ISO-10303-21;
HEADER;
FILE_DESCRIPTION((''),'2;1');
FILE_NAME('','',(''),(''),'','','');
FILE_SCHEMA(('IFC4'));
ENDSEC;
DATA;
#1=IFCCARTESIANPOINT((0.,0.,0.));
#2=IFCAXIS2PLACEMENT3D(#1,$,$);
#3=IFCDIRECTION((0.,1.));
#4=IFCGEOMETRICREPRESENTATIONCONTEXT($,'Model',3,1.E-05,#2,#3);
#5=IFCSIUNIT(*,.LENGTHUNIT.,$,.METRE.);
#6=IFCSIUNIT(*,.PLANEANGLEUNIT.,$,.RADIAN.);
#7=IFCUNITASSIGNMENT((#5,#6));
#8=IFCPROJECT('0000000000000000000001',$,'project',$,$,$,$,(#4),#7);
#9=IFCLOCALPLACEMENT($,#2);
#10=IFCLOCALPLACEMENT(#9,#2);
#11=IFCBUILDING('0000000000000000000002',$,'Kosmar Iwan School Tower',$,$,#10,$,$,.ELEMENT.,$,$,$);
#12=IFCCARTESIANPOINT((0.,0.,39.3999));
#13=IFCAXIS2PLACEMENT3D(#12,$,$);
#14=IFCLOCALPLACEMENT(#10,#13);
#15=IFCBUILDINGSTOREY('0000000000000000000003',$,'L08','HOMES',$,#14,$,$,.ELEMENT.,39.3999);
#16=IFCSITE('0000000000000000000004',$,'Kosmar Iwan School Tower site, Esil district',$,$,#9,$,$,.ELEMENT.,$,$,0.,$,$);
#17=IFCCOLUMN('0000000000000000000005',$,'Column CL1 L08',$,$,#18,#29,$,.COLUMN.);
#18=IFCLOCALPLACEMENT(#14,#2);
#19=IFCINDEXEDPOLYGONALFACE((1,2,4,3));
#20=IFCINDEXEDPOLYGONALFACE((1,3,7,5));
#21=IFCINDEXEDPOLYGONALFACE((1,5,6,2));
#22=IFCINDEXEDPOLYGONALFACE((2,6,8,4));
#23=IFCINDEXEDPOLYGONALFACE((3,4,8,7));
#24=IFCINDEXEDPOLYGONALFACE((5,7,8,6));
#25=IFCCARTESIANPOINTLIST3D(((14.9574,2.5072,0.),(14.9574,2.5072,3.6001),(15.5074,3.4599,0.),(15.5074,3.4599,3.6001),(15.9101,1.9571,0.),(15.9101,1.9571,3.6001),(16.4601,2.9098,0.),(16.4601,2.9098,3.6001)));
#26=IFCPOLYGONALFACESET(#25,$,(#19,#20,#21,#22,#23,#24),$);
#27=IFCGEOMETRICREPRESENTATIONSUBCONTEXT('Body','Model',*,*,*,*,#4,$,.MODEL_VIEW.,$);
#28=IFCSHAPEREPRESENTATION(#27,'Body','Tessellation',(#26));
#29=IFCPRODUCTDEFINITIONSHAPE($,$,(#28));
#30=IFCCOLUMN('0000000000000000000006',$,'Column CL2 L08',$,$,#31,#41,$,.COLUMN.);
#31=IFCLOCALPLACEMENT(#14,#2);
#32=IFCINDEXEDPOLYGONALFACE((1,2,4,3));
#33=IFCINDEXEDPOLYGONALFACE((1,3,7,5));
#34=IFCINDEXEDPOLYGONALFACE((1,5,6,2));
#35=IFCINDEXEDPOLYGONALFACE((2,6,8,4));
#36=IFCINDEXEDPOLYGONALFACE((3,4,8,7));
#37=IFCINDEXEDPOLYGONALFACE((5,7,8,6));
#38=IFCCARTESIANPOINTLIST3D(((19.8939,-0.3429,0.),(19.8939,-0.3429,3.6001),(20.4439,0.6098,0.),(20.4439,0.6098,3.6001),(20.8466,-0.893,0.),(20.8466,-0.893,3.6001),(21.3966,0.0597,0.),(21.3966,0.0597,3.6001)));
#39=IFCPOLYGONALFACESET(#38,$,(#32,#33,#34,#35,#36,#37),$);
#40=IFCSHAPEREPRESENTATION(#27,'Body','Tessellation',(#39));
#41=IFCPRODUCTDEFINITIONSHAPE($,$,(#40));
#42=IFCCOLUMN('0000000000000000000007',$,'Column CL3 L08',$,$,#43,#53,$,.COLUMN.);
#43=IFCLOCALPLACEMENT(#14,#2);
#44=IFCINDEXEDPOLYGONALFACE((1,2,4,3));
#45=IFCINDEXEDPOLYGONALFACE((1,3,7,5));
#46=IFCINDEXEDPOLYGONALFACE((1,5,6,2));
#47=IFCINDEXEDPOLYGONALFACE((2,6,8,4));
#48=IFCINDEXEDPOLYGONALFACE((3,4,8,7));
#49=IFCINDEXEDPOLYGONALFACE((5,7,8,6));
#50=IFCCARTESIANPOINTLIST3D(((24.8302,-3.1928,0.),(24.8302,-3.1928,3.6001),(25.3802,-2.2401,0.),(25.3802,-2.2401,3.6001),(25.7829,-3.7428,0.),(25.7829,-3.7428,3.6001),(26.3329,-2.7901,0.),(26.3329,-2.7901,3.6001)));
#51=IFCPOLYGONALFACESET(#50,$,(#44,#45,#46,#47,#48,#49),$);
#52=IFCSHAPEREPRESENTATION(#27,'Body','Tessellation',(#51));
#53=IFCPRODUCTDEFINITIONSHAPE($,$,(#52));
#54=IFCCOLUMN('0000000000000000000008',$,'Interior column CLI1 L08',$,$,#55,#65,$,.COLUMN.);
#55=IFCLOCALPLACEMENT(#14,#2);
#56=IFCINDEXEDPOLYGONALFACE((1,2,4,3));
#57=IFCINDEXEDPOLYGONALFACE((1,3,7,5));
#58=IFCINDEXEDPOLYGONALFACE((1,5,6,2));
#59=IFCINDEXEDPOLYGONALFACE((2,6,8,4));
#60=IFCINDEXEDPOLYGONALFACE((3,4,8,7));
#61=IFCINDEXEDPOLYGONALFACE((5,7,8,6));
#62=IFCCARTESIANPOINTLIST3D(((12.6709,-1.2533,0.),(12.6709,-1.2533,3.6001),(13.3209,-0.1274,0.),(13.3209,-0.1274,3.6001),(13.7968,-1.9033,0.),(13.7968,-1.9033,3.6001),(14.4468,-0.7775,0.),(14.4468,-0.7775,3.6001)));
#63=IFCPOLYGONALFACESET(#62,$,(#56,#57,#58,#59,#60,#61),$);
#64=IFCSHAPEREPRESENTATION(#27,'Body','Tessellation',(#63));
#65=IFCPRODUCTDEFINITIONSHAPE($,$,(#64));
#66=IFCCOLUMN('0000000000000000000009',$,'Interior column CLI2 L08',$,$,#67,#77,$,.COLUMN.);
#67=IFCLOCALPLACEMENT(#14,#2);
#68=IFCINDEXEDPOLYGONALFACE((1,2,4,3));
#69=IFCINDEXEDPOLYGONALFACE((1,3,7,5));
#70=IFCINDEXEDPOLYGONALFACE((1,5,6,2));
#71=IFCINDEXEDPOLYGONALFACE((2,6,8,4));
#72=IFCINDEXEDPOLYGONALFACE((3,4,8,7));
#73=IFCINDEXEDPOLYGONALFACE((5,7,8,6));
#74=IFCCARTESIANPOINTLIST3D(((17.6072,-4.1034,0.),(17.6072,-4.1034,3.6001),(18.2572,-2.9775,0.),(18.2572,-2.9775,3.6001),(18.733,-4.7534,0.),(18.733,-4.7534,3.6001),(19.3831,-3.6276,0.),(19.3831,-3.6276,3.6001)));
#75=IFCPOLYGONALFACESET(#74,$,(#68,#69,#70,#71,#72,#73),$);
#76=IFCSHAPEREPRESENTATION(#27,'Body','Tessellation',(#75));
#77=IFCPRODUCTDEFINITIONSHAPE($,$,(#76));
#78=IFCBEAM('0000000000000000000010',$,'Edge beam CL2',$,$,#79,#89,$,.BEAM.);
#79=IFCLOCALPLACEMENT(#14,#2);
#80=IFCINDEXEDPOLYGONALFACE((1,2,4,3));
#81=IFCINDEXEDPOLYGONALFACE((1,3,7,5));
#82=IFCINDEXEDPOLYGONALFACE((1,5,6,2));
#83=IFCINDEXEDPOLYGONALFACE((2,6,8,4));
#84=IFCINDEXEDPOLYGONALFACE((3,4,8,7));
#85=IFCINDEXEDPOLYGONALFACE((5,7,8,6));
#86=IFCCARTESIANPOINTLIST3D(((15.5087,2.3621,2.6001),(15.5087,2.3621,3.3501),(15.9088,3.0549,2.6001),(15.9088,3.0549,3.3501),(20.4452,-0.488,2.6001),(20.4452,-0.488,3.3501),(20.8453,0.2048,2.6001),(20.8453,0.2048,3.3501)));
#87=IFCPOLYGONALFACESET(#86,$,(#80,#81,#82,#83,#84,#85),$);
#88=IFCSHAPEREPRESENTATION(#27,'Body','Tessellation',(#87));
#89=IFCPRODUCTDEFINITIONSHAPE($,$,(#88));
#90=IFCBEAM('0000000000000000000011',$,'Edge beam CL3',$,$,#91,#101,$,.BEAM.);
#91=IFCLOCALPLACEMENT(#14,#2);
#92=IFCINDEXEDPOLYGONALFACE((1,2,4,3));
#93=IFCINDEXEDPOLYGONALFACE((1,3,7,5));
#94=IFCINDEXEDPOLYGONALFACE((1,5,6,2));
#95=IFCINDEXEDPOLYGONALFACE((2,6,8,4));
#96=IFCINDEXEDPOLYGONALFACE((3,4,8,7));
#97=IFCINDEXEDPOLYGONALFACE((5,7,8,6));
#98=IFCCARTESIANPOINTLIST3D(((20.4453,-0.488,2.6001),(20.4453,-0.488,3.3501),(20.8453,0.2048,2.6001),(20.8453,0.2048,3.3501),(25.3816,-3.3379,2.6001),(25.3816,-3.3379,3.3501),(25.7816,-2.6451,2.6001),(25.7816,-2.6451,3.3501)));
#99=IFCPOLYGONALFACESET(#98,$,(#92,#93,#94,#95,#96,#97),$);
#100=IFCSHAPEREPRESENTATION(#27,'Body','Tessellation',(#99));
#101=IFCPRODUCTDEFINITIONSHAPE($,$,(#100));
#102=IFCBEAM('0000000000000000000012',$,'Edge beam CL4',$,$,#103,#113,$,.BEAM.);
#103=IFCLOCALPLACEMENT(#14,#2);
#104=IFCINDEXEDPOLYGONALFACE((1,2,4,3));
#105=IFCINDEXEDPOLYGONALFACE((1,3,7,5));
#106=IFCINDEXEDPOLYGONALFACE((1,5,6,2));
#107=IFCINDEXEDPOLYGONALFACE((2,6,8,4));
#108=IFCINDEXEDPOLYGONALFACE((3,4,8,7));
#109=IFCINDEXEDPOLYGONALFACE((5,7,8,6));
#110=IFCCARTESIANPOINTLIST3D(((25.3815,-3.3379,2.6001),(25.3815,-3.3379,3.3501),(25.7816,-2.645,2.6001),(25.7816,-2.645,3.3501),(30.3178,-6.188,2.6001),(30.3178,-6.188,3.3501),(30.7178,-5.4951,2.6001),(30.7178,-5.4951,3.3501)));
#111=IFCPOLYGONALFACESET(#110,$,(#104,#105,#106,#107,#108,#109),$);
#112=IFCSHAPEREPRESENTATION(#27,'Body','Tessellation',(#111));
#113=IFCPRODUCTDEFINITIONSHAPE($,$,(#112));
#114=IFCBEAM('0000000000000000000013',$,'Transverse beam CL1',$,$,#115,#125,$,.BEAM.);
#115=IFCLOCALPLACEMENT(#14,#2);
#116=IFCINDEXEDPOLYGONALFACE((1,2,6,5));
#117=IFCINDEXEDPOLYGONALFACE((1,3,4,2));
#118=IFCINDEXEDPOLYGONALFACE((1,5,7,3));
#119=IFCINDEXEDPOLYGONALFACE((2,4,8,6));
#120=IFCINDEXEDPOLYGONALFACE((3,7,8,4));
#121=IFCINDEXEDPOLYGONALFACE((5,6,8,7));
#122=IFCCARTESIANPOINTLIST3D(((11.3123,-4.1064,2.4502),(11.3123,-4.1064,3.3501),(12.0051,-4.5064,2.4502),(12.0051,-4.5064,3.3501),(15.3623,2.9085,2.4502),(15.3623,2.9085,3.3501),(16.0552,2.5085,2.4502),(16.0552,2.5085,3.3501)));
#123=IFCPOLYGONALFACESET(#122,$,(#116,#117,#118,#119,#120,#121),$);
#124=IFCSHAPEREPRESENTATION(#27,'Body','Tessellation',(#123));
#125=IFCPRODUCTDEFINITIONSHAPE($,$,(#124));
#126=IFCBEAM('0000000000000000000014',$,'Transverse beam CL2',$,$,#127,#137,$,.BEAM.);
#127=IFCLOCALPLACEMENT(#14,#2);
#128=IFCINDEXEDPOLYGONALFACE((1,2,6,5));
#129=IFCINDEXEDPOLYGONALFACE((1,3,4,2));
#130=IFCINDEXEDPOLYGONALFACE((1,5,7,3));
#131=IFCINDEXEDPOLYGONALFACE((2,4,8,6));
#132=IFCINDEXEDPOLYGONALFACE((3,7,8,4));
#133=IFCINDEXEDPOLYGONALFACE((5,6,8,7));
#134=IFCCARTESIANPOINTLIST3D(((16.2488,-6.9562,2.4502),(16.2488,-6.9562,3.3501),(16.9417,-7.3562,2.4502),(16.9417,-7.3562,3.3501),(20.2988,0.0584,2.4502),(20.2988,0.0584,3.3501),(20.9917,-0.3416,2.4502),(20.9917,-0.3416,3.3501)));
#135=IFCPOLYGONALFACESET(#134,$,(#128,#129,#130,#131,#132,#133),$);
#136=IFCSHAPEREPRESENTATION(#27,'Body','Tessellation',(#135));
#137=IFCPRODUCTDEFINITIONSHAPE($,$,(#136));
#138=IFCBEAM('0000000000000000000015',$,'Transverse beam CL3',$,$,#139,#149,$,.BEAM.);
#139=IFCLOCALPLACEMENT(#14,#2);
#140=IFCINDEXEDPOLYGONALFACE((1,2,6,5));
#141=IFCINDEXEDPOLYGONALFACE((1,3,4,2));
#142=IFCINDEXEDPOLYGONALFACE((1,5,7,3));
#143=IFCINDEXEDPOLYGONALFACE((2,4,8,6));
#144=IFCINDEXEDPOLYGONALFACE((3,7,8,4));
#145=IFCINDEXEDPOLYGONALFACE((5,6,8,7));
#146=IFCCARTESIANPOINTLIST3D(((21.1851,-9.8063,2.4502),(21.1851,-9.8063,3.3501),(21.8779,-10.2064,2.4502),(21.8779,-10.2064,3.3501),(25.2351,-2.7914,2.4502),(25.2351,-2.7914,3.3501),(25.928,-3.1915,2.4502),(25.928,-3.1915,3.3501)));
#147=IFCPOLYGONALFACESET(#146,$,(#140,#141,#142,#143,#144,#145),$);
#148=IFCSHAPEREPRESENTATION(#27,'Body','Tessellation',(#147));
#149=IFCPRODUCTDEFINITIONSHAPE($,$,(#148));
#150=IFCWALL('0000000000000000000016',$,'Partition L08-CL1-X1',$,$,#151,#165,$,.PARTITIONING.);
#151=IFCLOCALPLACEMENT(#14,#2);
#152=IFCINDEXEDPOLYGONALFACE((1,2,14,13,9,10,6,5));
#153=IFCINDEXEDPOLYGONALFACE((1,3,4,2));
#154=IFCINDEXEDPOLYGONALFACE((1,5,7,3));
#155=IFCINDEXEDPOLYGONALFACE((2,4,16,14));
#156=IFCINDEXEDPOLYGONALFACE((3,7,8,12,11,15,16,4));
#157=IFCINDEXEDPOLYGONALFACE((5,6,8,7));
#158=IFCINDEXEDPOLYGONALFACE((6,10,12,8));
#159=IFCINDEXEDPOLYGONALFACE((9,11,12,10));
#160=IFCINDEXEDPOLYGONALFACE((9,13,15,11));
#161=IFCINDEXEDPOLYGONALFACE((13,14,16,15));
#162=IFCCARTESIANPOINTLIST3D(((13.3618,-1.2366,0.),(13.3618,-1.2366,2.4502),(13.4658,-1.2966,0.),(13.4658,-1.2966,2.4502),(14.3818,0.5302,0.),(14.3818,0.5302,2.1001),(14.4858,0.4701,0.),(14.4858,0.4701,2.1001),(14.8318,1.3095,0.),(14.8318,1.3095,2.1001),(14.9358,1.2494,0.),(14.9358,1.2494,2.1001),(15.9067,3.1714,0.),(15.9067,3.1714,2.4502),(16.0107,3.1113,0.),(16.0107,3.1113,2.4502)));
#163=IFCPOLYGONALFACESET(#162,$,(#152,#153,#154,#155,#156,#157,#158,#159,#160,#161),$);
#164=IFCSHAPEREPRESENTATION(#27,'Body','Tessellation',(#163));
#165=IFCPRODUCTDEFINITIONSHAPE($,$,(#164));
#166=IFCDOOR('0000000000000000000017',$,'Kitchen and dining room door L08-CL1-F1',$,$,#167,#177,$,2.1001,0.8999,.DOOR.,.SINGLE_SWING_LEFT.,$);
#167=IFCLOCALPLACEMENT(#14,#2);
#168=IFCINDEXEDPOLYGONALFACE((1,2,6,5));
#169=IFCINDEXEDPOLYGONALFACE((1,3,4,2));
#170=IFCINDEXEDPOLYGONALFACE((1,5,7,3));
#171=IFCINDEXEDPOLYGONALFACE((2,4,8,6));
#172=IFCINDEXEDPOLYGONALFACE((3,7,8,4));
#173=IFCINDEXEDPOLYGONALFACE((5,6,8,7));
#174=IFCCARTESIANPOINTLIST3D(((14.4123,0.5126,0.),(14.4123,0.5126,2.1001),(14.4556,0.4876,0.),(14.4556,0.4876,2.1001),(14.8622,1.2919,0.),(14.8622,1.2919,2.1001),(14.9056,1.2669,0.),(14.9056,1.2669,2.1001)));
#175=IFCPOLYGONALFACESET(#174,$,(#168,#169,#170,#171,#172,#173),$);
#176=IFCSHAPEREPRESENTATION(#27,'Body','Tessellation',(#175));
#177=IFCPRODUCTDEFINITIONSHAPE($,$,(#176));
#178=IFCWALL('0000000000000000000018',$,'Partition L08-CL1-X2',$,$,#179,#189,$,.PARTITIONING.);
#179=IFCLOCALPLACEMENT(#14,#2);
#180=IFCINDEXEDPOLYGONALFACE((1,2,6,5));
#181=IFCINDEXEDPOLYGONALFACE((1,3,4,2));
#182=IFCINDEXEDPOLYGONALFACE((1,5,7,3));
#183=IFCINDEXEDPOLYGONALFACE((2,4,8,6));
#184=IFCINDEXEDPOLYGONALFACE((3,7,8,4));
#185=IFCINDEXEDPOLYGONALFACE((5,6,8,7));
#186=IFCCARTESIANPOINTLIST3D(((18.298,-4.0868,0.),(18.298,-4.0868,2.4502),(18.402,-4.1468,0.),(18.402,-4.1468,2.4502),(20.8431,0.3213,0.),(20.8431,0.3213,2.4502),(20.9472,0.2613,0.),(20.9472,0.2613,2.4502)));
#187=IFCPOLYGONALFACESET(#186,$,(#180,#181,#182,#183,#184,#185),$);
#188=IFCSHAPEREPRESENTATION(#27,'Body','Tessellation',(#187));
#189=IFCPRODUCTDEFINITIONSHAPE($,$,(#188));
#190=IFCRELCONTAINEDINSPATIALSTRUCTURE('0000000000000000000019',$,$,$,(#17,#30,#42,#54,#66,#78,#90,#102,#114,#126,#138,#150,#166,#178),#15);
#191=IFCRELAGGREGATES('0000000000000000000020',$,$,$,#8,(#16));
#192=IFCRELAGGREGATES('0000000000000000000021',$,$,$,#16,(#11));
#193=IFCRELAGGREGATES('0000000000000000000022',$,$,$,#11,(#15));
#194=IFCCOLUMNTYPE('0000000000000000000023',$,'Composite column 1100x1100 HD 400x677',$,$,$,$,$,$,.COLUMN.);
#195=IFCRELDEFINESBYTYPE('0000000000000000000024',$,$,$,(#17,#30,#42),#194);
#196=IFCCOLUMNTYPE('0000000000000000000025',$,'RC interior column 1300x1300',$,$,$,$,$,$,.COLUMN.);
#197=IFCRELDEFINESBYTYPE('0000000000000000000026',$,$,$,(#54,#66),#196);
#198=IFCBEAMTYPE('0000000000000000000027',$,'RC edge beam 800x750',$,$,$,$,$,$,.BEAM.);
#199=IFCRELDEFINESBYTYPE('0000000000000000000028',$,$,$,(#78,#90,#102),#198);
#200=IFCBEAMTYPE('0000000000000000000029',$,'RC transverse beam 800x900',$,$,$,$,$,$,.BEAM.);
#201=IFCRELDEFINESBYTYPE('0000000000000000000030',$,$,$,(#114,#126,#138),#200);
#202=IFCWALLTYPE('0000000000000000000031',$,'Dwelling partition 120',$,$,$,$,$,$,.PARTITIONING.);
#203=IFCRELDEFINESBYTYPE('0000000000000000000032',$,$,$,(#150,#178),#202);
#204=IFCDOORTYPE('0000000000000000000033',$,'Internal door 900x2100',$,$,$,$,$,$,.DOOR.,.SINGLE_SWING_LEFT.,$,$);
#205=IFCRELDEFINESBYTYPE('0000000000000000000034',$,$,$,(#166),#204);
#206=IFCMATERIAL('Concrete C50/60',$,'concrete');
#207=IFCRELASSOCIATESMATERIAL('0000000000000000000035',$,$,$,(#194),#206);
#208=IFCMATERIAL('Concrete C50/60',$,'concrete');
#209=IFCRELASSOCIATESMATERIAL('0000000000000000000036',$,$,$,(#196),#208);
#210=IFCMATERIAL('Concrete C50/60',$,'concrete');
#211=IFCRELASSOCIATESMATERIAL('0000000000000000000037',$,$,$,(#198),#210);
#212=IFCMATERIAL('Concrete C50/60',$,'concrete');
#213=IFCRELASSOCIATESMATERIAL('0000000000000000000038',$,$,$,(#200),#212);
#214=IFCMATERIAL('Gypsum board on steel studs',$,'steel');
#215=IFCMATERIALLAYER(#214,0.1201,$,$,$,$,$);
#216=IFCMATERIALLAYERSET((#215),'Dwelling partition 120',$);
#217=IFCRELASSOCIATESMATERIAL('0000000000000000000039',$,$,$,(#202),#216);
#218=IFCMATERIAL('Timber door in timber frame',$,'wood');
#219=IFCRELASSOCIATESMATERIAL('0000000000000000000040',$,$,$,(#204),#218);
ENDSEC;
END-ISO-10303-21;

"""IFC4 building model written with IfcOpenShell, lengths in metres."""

from ifc_helpers import new_model, si_unit, direction, frame, frame_2d, origin, origin_2d, place, context, subcontext, project, spatial, rectangle, extrude, material, layer, layer_set, material_profile, profile_set, type_object, element, fill, save


model = new_model("IFC4")

# Units and contexts
model_context = context("Model", 3, precision=1e-05, world=origin(), true_north=direction((0.0, 1.0)))
body_context = subcontext(model_context, "Body", "Model", "MODEL_VIEW")
ifc_project = project(units=[si_unit("LENGTHUNIT", "METRE"), si_unit("PLANEANGLEUNIT", "RADIAN")], contexts=[model_context])

# Site, building, storey
site_placement = place(None, origin())
site = spatial("IfcSite", under=ifc_project, at=site_placement, Name="Kosmar Iwan School Tower site, Esil district", CompositionType="ELEMENT", RefElevation=0.0)
building_placement = place(site_placement, origin())
building = spatial("IfcBuilding", under=site, at=building_placement, Name="Kosmar Iwan School Tower", CompositionType="ELEMENT")
storey_placement = place(building_placement, frame((0.0, 0.0, 39.3999)))
storey = spatial("IfcBuildingStorey", under=building, at=storey_placement, Name="L08", Description="HOMES", CompositionType="ELEMENT", Elevation=39.3999)

# Columns
ifc_material_1 = material(Name="Concrete C50/60", Category="concrete")
ifc_material_profile_1 = material_profile(ifc_material_1, rectangle(XDim=1.1001, YDim=1.1001, at=origin_2d()), Name="RC 1100x1100 + HD 400x677")
ifc_profile_set_1 = profile_set([ifc_material_profile_1], Name="Concrete C50/60")
column_type_1 = type_object("IfcColumnType", Name="Composite column 1100x1100 HD 400x677", PredefinedType="COLUMN", material=ifc_profile_set_1)
for number, where, z_axis, x_axis, name in (
    (1, (15.7087, 2.7085, 0.0), (0.0, 0.0, 1.0), (0.866025, -0.5, 0.0), "Column CL1 L08"),
    (2, (20.6453, -0.1416, 0.0), (0.0, 0.0, 1.0), (0.866025, -0.5, 0.0), "Column CL2 L08"),
    (3, (25.5815, -2.9915, 0.0), (0.0, 0.0, 1.0), (0.866025, -0.5, 0.0), "Column CL3 L08"),
):
    element("IfcColumn", number, at=place(storey_placement, frame(where, z_axis=z_axis, x_axis=x_axis)), inside=storey, type_object=column_type_1, Name=name, PredefinedType="COLUMN", context=body_context, shape_type="SweptSolid", body=[
        extrude(rectangle(XDim=1.1001, YDim=1.1001, at=origin_2d()), origin(), (0.0, 0.0, 1.0), 3.6001),
    ])
ifc_material_2 = material(Name="Concrete C50/60", Category="concrete")
ifc_material_profile_2 = material_profile(ifc_material_2, rectangle(XDim=1.3, YDim=1.3, at=origin_2d()), Name="RC 1300x1300")
ifc_profile_set_2 = profile_set([ifc_material_profile_2], Name="Concrete C50/60")
column_type_2 = type_object("IfcColumnType", Name="RC interior column 1300x1300", PredefinedType="COLUMN", material=ifc_profile_set_2)
for number, where, z_axis, x_axis, name in (
    (4, (13.5588, -1.0154, 0.0), (0.0, 0.0, 1.0), (0.866025, -0.5, 0.0), "Interior column CLI1 L08"),
    (5, (18.4951, -3.8655, 0.0), (0.0, 0.0, 1.0), (0.866025, -0.5, 0.0), "Interior column CLI2 L08"),
):
    element("IfcColumn", number, at=place(storey_placement, frame(where, z_axis=z_axis, x_axis=x_axis)), inside=storey, type_object=column_type_2, Name=name, PredefinedType="COLUMN", context=body_context, shape_type="SweptSolid", body=[
        extrude(rectangle(XDim=1.3, YDim=1.3, at=origin_2d()), origin(), (0.0, 0.0, 1.0), 3.6001),
    ])

# Beams
ifc_material_3 = material(Name="Concrete C50/60", Category="concrete")
ifc_material_profile_3 = material_profile(ifc_material_3, rectangle(XDim=0.8, YDim=0.75, at=origin_2d()), Name="RC 800x750")
ifc_profile_set_3 = profile_set([ifc_material_profile_3], Name="Concrete C50/60")
beam_type_1 = type_object("IfcBeamType", Name="RC edge beam 800x750", PredefinedType="BEAM", material=ifc_profile_set_3)
beam_1_placement = place(storey_placement, frame((15.7087, 2.7085, 2.9751), z_axis=(0.866026, -0.499999, 0.0), x_axis=(0.499999, 0.866026, 0.0)))
element("IfcBeam", 6, at=beam_1_placement, inside=storey, type_object=beam_type_1, Name="Edge beam CL2", PredefinedType="BEAM", context=body_context, shape_type="SweptSolid", body=[
    extrude(rectangle(XDim=0.8, YDim=0.75, at=origin_2d()), origin(), (0.0, 0.0, 1.0), 5.7002),
])
for number, where, z_axis, x_axis, name in (
    (7, (20.6453, -0.1416, 2.9751), (0.866034, -0.499986, 0.0), (0.499986, 0.866034, 0.0), "Edge beam CL3"),
    (8, (25.5815, -2.9915, 2.9751), (0.866015, -0.500018, 0.0), (0.500018, 0.866015, 0.0), "Edge beam CL4"),
):
    element("IfcBeam", number, at=place(storey_placement, frame(where, z_axis=z_axis, x_axis=x_axis)), inside=storey, type_object=beam_type_1, Name=name, PredefinedType="BEAM", context=body_context, shape_type="SweptSolid", body=[
        extrude(rectangle(XDim=0.8, YDim=0.75, at=origin_2d()), origin(), (0.0, 0.0, 1.0), 5.7),
    ])
ifc_material_4 = material(Name="Concrete C50/60", Category="concrete")
ifc_material_profile_4 = material_profile(ifc_material_4, rectangle(XDim=0.8, YDim=0.8999, at=origin_2d()), Name="RC 800x900")
ifc_profile_set_4 = profile_set([ifc_material_profile_4], Name="Concrete C50/60")
beam_type_2 = type_object("IfcBeamType", Name="RC transverse beam 800x900", PredefinedType="BEAM", material=ifc_profile_set_4)
beam_2_placement = place(storey_placement, frame((15.7087, 2.7085, 2.9001), z_axis=(-0.5, -0.866025, 0.0), x_axis=(0.866025, -0.5, 0.0)))
element("IfcBeam", 9, at=beam_2_placement, inside=storey, type_object=beam_type_2, Name="Transverse beam CL1", PredefinedType="BEAM", context=body_context, shape_type="SweptSolid", body=[
    extrude(rectangle(XDim=0.8, YDim=0.8999, at=origin_2d()), origin(), (0.0, 0.0, 1.0), 8.1001),
])
beam_3_placement = place(storey_placement, frame((20.6453, -0.1416, 2.9001), z_axis=(-0.500013, -0.866018, 0.0), x_axis=(0.866018, -0.500013, 0.0)))
element("IfcBeam", 10, at=beam_3_placement, inside=storey, type_object=beam_type_2, Name="Transverse beam CL2", PredefinedType="BEAM", context=body_context, shape_type="SweptSolid", body=[
    extrude(rectangle(XDim=0.8, YDim=0.8999, at=origin_2d()), origin(), (0.0, 0.0, 1.0), 8.0999),
])
beam_4_placement = place(storey_placement, frame((25.5815, -2.9915, 2.9001), z_axis=(-0.5, -0.866025, 0.0), x_axis=(0.866025, -0.5, 0.0)))
element("IfcBeam", 11, at=beam_4_placement, inside=storey, type_object=beam_type_2, Name="Transverse beam CL3", PredefinedType="BEAM", context=body_context, shape_type="SweptSolid", body=[
    extrude(rectangle(XDim=0.8, YDim=0.8999, at=origin_2d()), origin(), (0.0, 0.0, 1.0), 8.1001),
])

# Wall, opening, door
ifc_material_5 = material(Name="Gypsum board on steel studs", Category="steel")
ifc_layer = layer(ifc_material_5, 0.1201)
ifc_layer_set = layer_set([ifc_layer], Name="Dwelling partition 120")
wall_type = type_object("IfcWallType", Name="Dwelling partition 120", PredefinedType="PARTITIONING", material=ifc_layer_set)
wall_1_placement = place(storey_placement, frame((13.4138, -1.2666, 0.0), z_axis=(0.0, 0.0, 1.0), x_axis=(0.499998, 0.866027, 0.0)))
wall_1 = element("IfcWall", 12, at=wall_1_placement, inside=storey, type_object=wall_type, Name="Partition L08-CL1-X1", PredefinedType="PARTITIONING", context=body_context, shape_type="SweptSolid", body=[
    extrude(rectangle(XDim=5.0898, YDim=0.1201, at=frame_2d((2.5449, 0.0))), origin(), (0.0, 0.0, 1.0), 2.4502),
])
opening_placement = place(wall_1_placement, frame((2.04, 0.0, 0.0)))
opening = element("IfcOpeningElement", 13, at=opening_placement, cuts=wall_1, PredefinedType="OPENING", context=body_context, shape_type="SweptSolid", body=[
    extrude(rectangle(XDim=0.8999, YDim=2.1001, at=frame_2d((0.45, 1.05))), frame((0.0, 0.072, 0.0), z_axis=(0.0, -1.0, 0.0), x_axis=(1.0, 0.0, 0.0)), (0.0, 0.0, 1.0), 0.144),
])
ifc_material_6 = material(Name="Timber door in timber frame", Category="wood")
door_type = type_object("IfcDoorType", Name="Internal door 900x2100", OperationType="SINGLE_SWING_LEFT", PredefinedType="DOOR", material=ifc_material_6)
door_placement = place(opening_placement, origin())
door = element("IfcDoor", 14, at=door_placement, inside=storey, type_object=door_type, Name="Kitchen and dining room door L08-CL1-F1", OperationType="SINGLE_SWING_LEFT", OverallHeight=2.1001, OverallWidth=0.8999, PredefinedType="DOOR", context=body_context, shape_type="SweptSolid", body=[
    extrude(rectangle(XDim=0.8999, YDim=2.1001, at=frame_2d((0.45, 1.05))), frame((0.0, 0.0249, 0.0), z_axis=(0.0, -1.0, 0.0), x_axis=(1.0, 0.0, 0.0)), (0.0, 0.0, 1.0), 0.05),
])
fill(opening, door)

# Wall
wall_2_placement = place(storey_placement, frame((18.3501, -4.1167, 0.0), z_axis=(0.0, 0.0, 1.0), x_axis=(0.500013, 0.866018, 0.0)))
element("IfcWall", 15, at=wall_2_placement, inside=storey, type_object=wall_type, Name="Partition L08-CL1-X2", PredefinedType="PARTITIONING", context=body_context, shape_type="SweptSolid", body=[
    extrude(rectangle(XDim=5.0901, YDim=0.1201, at=frame_2d((2.5449, 0.0))), origin(), (0.0, 0.0, 1.0), 2.4502),
])

save(model, "model.ifc")
